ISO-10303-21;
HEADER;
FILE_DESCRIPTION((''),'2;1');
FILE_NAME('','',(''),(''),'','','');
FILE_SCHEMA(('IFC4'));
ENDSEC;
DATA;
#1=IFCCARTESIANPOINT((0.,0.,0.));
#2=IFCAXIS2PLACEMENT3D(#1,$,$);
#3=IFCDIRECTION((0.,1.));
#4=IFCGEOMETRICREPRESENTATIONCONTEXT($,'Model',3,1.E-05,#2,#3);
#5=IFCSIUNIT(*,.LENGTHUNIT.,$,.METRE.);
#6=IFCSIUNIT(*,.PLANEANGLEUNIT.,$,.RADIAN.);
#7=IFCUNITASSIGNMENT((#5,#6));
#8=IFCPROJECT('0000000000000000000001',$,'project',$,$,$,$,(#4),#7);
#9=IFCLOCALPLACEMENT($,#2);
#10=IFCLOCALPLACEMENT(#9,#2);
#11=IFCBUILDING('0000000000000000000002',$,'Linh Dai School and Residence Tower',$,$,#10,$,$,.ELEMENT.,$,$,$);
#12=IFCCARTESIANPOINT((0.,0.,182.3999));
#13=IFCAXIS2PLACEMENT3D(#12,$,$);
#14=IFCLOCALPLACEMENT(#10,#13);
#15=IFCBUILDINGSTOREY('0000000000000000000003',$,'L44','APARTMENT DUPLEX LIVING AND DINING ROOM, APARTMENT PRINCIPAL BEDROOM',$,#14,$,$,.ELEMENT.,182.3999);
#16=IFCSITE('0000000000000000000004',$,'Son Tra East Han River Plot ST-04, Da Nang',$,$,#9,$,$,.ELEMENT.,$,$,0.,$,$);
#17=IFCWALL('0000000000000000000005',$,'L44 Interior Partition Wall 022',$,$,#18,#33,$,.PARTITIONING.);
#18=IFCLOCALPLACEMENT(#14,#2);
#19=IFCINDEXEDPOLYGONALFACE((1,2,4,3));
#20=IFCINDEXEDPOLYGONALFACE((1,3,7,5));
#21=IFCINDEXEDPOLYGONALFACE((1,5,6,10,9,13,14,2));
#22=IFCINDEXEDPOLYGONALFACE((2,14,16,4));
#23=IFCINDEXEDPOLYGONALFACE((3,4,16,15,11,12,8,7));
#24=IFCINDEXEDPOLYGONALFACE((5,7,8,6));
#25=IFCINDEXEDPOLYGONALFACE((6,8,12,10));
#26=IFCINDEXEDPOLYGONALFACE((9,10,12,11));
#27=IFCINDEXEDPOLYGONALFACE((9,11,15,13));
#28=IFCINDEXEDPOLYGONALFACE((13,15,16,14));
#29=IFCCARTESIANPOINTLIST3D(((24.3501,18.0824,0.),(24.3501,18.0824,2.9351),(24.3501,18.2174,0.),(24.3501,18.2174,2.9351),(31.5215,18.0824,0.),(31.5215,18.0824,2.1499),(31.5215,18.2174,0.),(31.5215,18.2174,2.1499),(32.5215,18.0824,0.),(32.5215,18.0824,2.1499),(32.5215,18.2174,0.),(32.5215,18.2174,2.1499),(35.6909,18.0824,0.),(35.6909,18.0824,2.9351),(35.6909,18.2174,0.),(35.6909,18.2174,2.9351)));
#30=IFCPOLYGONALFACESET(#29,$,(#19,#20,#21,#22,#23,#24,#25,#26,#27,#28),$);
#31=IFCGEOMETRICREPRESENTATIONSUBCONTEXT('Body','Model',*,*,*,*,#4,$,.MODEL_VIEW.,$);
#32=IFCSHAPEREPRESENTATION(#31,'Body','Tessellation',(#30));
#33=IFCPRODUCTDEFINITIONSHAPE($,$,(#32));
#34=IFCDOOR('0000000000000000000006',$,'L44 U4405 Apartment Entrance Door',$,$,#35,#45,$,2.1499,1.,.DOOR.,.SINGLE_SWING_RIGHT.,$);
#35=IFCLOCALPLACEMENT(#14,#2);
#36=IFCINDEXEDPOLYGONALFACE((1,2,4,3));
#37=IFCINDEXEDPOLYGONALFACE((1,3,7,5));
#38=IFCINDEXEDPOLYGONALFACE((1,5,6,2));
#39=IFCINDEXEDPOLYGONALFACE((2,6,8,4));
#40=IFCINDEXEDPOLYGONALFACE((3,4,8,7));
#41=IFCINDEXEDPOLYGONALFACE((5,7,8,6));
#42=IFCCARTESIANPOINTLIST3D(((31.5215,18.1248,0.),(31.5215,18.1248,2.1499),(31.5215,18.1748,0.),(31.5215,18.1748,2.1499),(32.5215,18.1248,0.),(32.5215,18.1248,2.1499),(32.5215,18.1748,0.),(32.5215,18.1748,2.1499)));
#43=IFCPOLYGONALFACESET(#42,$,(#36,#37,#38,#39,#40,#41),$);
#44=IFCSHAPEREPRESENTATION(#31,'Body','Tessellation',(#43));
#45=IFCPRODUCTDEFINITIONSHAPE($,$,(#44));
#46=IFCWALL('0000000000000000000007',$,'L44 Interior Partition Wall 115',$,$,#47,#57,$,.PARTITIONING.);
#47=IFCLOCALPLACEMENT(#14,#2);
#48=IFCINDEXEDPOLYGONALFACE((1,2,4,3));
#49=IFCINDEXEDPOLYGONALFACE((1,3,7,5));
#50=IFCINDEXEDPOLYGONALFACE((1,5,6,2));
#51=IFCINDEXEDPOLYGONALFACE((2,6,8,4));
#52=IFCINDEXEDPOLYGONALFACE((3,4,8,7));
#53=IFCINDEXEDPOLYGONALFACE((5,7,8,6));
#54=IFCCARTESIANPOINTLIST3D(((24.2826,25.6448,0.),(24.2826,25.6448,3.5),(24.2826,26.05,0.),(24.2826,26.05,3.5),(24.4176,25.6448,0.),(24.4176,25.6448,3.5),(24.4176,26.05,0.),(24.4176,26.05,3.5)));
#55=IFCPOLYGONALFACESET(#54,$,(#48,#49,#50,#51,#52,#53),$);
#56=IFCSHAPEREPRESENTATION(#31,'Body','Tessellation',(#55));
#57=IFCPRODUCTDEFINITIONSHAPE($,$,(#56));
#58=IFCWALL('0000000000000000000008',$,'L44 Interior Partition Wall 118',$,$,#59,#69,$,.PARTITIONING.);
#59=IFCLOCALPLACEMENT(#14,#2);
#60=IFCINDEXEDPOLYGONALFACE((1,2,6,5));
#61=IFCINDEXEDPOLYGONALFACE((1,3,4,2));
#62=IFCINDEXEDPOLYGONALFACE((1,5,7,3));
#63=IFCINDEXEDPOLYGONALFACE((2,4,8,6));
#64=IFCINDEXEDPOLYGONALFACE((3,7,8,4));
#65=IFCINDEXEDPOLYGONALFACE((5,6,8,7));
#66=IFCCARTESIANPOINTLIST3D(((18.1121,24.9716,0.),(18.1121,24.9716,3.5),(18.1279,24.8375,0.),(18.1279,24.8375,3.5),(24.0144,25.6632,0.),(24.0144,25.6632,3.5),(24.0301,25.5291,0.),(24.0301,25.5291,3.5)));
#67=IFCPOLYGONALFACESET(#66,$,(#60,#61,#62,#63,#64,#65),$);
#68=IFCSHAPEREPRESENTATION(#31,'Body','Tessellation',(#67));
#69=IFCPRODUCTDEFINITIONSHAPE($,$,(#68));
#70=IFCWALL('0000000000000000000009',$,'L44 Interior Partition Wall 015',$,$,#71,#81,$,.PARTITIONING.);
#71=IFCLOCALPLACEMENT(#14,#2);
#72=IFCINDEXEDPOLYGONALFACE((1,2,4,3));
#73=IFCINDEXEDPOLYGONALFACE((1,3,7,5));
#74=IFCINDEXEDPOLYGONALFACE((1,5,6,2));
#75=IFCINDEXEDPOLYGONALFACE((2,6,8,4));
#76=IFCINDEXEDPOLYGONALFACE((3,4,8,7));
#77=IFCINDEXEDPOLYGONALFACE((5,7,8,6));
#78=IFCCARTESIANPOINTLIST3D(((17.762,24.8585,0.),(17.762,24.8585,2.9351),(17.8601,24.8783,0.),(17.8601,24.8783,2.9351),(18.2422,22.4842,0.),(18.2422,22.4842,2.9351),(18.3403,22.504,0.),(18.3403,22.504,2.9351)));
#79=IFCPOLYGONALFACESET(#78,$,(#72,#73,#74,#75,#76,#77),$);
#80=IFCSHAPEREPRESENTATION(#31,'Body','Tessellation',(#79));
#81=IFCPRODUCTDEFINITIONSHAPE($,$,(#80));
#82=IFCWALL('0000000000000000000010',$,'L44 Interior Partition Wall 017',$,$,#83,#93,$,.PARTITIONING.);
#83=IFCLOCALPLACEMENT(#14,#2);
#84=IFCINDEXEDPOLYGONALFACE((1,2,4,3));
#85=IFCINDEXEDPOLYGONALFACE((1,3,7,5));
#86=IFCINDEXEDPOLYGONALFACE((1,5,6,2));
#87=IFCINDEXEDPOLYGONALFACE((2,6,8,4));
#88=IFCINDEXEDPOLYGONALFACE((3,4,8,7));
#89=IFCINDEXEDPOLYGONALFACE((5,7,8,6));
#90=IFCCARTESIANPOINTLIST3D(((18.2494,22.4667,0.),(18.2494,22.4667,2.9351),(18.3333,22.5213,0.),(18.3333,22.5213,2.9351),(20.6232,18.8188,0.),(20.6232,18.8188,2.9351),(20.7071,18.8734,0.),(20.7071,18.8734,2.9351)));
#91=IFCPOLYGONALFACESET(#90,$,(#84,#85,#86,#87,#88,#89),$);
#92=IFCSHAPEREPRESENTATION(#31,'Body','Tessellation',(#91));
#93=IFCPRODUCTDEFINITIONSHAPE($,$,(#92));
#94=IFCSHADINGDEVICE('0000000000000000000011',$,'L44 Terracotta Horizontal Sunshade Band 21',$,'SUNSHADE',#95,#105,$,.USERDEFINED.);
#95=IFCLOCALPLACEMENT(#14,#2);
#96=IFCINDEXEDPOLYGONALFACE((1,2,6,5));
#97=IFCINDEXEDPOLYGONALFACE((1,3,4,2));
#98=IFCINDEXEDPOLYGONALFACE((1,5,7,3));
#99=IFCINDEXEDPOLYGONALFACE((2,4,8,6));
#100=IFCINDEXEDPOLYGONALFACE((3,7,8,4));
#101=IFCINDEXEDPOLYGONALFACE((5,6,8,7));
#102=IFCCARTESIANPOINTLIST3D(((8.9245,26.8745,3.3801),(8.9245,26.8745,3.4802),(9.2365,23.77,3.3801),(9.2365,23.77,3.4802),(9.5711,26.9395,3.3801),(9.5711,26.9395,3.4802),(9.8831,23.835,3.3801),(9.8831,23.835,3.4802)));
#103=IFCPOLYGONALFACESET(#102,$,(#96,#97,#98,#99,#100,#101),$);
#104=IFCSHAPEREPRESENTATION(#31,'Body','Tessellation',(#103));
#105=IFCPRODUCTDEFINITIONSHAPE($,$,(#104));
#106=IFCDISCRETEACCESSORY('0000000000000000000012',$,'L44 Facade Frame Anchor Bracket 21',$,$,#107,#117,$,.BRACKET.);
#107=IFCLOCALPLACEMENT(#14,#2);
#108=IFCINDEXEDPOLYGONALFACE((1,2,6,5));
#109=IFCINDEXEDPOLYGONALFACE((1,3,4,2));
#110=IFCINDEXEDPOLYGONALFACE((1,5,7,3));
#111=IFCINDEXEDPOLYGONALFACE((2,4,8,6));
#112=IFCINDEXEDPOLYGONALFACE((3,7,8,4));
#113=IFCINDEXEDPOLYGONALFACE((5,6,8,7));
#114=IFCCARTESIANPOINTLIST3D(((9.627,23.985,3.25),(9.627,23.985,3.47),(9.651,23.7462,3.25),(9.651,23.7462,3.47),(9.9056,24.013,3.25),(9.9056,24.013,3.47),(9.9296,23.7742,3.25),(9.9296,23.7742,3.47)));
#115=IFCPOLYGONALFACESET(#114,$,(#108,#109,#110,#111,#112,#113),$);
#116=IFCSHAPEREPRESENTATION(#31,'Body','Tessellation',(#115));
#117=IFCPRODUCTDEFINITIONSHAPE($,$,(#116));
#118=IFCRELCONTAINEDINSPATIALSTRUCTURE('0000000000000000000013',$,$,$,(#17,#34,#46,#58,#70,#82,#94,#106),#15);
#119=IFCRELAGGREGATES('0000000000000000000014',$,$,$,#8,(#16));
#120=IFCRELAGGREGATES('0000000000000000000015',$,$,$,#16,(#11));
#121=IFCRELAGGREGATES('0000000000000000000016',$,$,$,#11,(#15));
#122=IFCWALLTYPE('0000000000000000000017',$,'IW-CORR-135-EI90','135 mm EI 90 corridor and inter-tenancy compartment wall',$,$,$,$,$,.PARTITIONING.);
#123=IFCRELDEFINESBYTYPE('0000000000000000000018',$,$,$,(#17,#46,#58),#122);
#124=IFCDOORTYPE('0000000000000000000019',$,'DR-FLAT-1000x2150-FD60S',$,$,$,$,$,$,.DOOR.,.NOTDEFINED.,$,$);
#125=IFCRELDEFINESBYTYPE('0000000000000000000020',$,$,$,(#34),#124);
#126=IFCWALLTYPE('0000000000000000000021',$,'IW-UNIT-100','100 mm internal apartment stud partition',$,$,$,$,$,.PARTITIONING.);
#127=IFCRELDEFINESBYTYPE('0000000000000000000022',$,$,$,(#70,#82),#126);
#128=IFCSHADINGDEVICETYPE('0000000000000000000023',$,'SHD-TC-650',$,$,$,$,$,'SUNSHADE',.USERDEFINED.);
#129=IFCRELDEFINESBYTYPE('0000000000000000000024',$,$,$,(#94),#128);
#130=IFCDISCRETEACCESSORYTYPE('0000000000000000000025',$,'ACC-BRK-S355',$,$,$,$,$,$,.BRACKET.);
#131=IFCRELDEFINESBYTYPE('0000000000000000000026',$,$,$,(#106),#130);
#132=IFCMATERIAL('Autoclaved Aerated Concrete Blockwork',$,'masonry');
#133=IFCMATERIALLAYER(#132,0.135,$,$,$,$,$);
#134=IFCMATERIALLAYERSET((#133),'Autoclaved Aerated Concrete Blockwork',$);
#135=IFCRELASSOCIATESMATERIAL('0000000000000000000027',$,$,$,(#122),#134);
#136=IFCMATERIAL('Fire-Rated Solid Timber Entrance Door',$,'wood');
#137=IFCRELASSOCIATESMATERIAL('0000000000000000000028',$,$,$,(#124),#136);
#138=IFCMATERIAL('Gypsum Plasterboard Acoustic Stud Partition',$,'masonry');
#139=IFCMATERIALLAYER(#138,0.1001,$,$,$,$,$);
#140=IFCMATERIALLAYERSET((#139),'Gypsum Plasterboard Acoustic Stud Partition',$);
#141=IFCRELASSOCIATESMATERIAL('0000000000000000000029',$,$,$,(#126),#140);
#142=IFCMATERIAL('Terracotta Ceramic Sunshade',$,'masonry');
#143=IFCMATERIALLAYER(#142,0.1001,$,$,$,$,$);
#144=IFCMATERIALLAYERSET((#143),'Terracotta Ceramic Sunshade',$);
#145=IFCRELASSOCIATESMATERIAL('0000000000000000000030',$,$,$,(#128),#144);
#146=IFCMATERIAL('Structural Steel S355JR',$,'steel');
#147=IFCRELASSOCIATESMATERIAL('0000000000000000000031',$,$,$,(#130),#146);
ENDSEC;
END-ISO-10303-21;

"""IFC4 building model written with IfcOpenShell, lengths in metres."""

from ifc_helpers import new_model, si_unit, direction, frame, frame_2d, origin, origin_2d, place, context, subcontext, project, spatial, rectangle, extrude, source, transform, mapped, material, layer, layer_set, type_object, element, fill, save


model = new_model("IFC4")

# Units and contexts
model_context = context("Model", 3, precision=1e-05, world=origin(), true_north=direction((0.0, 1.0)))
body_context = subcontext(model_context, "Body", "Model", "MODEL_VIEW")
ifc_project = project(units=[si_unit("LENGTHUNIT", "METRE"), si_unit("PLANEANGLEUNIT", "RADIAN")], contexts=[model_context])

# Site, building, storey
site_placement = place(None, origin())
site = spatial("IfcSite", under=ifc_project, at=site_placement, Name="Son Tra East Han River Plot ST-04, Da Nang", CompositionType="ELEMENT", RefElevation=0.0)
building_placement = place(site_placement, origin())
building = spatial("IfcBuilding", under=site, at=building_placement, Name="Linh Dai School and Residence Tower", CompositionType="ELEMENT")
storey_placement = place(building_placement, frame((0.0, 0.0, 182.3999)))
storey = spatial("IfcBuildingStorey", under=building, at=storey_placement, Name="L44", Description="APARTMENT DUPLEX LIVING AND DINING ROOM, APARTMENT PRINCIPAL BEDROOM", CompositionType="ELEMENT", Elevation=182.3999)

# Shared definitions
ifc_material_1 = material(Name="Structural Steel S355JR", Category="steel")

# Shared definitions
ifc_material_2 = material(Name="Autoclaved Aerated Concrete Blockwork", Category="masonry")
ifc_layer_1 = layer(ifc_material_2, 0.135)
ifc_layer_set_1 = layer_set([ifc_layer_1], Name="Autoclaved Aerated Concrete Blockwork")
wall_type_1 = type_object("IfcWallType", Name="IW-CORR-135-EI90", Description="135 mm EI 90 corridor and inter-tenancy compartment wall", PredefinedType="PARTITIONING", material=ifc_layer_set_1)

# Wall, opening, door
ifc_material_3 = material(Name="Fire-Rated Solid Timber Entrance Door", Category="wood")
door_type = type_object("IfcDoorType", Name="DR-FLAT-1000x2150-FD60S", OperationType="NOTDEFINED", PredefinedType="DOOR", material=ifc_material_3)
shared_shape_1 = source(origin(), body_context, "Body", "SweptSolid", [
    extrude(rectangle(XDim=1.0, YDim=2.1499, at=origin_2d()), frame((0.5, 0.0249, 1.075), z_axis=(0.0, -1.0, 0.0), x_axis=(1.0, 0.0, 0.0)), (0.0, 0.0, 1.0), 0.05),
])
wall_1_placement = place(storey_placement, frame((24.3501, 18.1499, 0.0), z_axis=(0.0, 0.0, 1.0), x_axis=(1.0, 0.0, 0.0)))
wall_1 = element("IfcWall", 1, at=wall_1_placement, inside=storey, type_object=wall_type_1, Name="L44 Interior Partition Wall 022", PredefinedType="PARTITIONING", context=body_context, shape_type="SweptSolid", body=[
    extrude(rectangle(XDim=11.3408, YDim=0.135, at=frame_2d((5.6704, 0.0))), origin(), (0.0, 0.0, 1.0), 2.9351),
])
opening_1_placement = place(wall_1_placement, frame((7.1714, 0.0, 0.0)))
opening_1 = element("IfcOpeningElement", 2, at=opening_1_placement, cuts=wall_1, PredefinedType="OPENING", context=body_context, shape_type="SweptSolid", body=[
    extrude(rectangle(XDim=1.0, YDim=2.1499, at=origin_2d()), frame((0.5, 0.0776, 1.075), z_axis=(0.0, -1.0, 0.0), x_axis=(1.0, 0.0, 0.0)), (0.0, 0.0, 1.0), 0.155),
])
door_1_placement = place(opening_1_placement, origin())
door_1 = element("IfcDoor", 3, at=door_1_placement, inside=storey, type_object=door_type, Name="L44 U4405 Apartment Entrance Door", OperationType="SINGLE_SWING_RIGHT", OverallHeight=2.1499, OverallWidth=1.0, PredefinedType="DOOR", context=body_context, shape_type="MappedRepresentation", body=[
    mapped(shared_shape_1, transform((0.0, 0.0, 0.0), x_axis=(1.0, 0.0, 0.0), y_axis=(0.0, 1.0, 0.0), z_axis=(0.0, 0.0, 1.0), scale=1.0)),
])
fill(opening_1, door_1)

# Walls
wall_2_placement = place(storey_placement, frame((24.3501, 25.6448, 0.0), z_axis=(0.0, 0.0, 1.0), x_axis=(0.0, 1.0, 0.0)))
element("IfcWall", 4, at=wall_2_placement, inside=storey, type_object=wall_type_1, Name="L44 Interior Partition Wall 115", PredefinedType="PARTITIONING", context=body_context, shape_type="SweptSolid", body=[
    extrude(rectangle(XDim=0.4053, YDim=0.135, at=frame_2d((0.2026, 0.0))), origin(), (0.0, 0.0, 1.0), 3.5),
])
wall_3_placement = place(storey_placement, frame((18.1201, 24.9045, 0.0), z_axis=(0.0, 0.0, 1.0), x_axis=(0.993204, 0.116386, 0.0)))
element("IfcWall", 5, at=wall_3_placement, inside=storey, type_object=wall_type_1, Name="L44 Interior Partition Wall 118", PredefinedType="PARTITIONING", context=body_context, shape_type="SweptSolid", body=[
    extrude(rectangle(XDim=5.9426, YDim=0.135, at=frame_2d((2.9712, 0.0))), origin(), (0.0, 0.0, 1.0), 3.5),
])
ifc_material_4 = material(Name="Gypsum Plasterboard Acoustic Stud Partition", Category="masonry")
ifc_layer_2 = layer(ifc_material_4, 0.1001)
ifc_layer_set_2 = layer_set([ifc_layer_2], Name="Gypsum Plasterboard Acoustic Stud Partition")
wall_type_2 = type_object("IfcWallType", Name="IW-UNIT-100", Description="100 mm internal apartment stud partition", PredefinedType="PARTITIONING", material=ifc_layer_set_2)
wall_4_placement = place(storey_placement, frame((17.811, 24.8684, 0.0), z_axis=(0.0, 0.0, 1.0), x_axis=(0.198248, -0.980152, 0.0)))
element("IfcWall", 6, at=wall_4_placement, inside=storey, type_object=wall_type_2, Name="L44 Interior Partition Wall 015", PredefinedType="PARTITIONING", context=body_context, shape_type="SweptSolid", body=[
    extrude(rectangle(XDim=2.4224, YDim=0.1001, at=frame_2d((1.2112, 0.0))), origin(), (0.0, 0.0, 1.0), 2.9351),
])
wall_5_placement = place(storey_placement, frame((18.2913, 22.4941, 0.0), z_axis=(0.0, 0.0, 1.0), x_axis=(0.54541, -0.838169, 0.0)))
element("IfcWall", 7, at=wall_5_placement, inside=storey, type_object=wall_type_2, Name="L44 Interior Partition Wall 017", PredefinedType="PARTITIONING", context=body_context, shape_type="SweptSolid", body=[
    extrude(rectangle(XDim=4.3523, YDim=0.1001, at=frame_2d((2.1763, 0.0))), origin(), (0.0, 0.0, 1.0), 2.9351),
])

# Shading device
ifc_material_5 = material(Name="Terracotta Ceramic Sunshade", Category="masonry")
ifc_layer_3 = layer(ifc_material_5, 0.1001)
ifc_layer_set_3 = layer_set([ifc_layer_3], Name="Terracotta Ceramic Sunshade")
shading_device_type = type_object("IfcShadingDeviceType", Name="SHD-TC-650", ElementType="SUNSHADE", PredefinedType="USERDEFINED", material=ifc_layer_set_3)
shared_shape_2 = source(origin(), body_context, "Body", "SweptSolid", [
    extrude(rectangle(XDim=3.1201, YDim=0.6499, at=origin_2d()), origin(), (0.0, 0.0, 1.0), 0.1001),
])
shading_device_placement = place(storey_placement, frame((9.4038, 25.3547, 3.3801), z_axis=(0.0, 0.0, 1.0), x_axis=(-0.100002, 0.994987, 0.0)))
element("IfcShadingDevice", 8, at=shading_device_placement, inside=storey, type_object=shading_device_type, Name="L44 Terracotta Horizontal Sunshade Band 21", ObjectType="SUNSHADE", PredefinedType="USERDEFINED", context=body_context, shape_type="MappedRepresentation", body=[
    mapped(shared_shape_2, transform((0.0, 0.0, 0.0), x_axis=(1.0, 0.0, 0.0), y_axis=(0.0, 1.0, 0.0), z_axis=(0.0, 0.0, 1.0), scale=1.0)),
])

# Discrete accessory
discrete_accessory_type = type_object("IfcDiscreteAccessoryType", Name="ACC-BRK-S355", PredefinedType="BRACKET", material=ifc_material_1)
shared_shape_3 = source(origin(), body_context, "Body", "SweptSolid", [
    extrude(rectangle(XDim=0.28, YDim=0.24, at=origin_2d()), origin(), (0.0, 0.0, 1.0), 0.22),
])
discrete_accessory_placement = place(storey_placement, frame((9.7783, 23.8796, 3.25), z_axis=(0.0, 0.0, 1.0), x_axis=(-0.994987, -0.100002, 0.0)))
element("IfcDiscreteAccessory", 9, at=discrete_accessory_placement, inside=storey, type_object=discrete_accessory_type, Name="L44 Facade Frame Anchor Bracket 21", PredefinedType="BRACKET", context=body_context, shape_type="MappedRepresentation", body=[
    mapped(shared_shape_3, transform((0.0, 0.0, 0.0), x_axis=(1.0, 0.0, 0.0), y_axis=(0.0, 1.0, 0.0), z_axis=(0.0, 0.0, 1.0), scale=1.0)),
])

save(model, "model.ifc")
